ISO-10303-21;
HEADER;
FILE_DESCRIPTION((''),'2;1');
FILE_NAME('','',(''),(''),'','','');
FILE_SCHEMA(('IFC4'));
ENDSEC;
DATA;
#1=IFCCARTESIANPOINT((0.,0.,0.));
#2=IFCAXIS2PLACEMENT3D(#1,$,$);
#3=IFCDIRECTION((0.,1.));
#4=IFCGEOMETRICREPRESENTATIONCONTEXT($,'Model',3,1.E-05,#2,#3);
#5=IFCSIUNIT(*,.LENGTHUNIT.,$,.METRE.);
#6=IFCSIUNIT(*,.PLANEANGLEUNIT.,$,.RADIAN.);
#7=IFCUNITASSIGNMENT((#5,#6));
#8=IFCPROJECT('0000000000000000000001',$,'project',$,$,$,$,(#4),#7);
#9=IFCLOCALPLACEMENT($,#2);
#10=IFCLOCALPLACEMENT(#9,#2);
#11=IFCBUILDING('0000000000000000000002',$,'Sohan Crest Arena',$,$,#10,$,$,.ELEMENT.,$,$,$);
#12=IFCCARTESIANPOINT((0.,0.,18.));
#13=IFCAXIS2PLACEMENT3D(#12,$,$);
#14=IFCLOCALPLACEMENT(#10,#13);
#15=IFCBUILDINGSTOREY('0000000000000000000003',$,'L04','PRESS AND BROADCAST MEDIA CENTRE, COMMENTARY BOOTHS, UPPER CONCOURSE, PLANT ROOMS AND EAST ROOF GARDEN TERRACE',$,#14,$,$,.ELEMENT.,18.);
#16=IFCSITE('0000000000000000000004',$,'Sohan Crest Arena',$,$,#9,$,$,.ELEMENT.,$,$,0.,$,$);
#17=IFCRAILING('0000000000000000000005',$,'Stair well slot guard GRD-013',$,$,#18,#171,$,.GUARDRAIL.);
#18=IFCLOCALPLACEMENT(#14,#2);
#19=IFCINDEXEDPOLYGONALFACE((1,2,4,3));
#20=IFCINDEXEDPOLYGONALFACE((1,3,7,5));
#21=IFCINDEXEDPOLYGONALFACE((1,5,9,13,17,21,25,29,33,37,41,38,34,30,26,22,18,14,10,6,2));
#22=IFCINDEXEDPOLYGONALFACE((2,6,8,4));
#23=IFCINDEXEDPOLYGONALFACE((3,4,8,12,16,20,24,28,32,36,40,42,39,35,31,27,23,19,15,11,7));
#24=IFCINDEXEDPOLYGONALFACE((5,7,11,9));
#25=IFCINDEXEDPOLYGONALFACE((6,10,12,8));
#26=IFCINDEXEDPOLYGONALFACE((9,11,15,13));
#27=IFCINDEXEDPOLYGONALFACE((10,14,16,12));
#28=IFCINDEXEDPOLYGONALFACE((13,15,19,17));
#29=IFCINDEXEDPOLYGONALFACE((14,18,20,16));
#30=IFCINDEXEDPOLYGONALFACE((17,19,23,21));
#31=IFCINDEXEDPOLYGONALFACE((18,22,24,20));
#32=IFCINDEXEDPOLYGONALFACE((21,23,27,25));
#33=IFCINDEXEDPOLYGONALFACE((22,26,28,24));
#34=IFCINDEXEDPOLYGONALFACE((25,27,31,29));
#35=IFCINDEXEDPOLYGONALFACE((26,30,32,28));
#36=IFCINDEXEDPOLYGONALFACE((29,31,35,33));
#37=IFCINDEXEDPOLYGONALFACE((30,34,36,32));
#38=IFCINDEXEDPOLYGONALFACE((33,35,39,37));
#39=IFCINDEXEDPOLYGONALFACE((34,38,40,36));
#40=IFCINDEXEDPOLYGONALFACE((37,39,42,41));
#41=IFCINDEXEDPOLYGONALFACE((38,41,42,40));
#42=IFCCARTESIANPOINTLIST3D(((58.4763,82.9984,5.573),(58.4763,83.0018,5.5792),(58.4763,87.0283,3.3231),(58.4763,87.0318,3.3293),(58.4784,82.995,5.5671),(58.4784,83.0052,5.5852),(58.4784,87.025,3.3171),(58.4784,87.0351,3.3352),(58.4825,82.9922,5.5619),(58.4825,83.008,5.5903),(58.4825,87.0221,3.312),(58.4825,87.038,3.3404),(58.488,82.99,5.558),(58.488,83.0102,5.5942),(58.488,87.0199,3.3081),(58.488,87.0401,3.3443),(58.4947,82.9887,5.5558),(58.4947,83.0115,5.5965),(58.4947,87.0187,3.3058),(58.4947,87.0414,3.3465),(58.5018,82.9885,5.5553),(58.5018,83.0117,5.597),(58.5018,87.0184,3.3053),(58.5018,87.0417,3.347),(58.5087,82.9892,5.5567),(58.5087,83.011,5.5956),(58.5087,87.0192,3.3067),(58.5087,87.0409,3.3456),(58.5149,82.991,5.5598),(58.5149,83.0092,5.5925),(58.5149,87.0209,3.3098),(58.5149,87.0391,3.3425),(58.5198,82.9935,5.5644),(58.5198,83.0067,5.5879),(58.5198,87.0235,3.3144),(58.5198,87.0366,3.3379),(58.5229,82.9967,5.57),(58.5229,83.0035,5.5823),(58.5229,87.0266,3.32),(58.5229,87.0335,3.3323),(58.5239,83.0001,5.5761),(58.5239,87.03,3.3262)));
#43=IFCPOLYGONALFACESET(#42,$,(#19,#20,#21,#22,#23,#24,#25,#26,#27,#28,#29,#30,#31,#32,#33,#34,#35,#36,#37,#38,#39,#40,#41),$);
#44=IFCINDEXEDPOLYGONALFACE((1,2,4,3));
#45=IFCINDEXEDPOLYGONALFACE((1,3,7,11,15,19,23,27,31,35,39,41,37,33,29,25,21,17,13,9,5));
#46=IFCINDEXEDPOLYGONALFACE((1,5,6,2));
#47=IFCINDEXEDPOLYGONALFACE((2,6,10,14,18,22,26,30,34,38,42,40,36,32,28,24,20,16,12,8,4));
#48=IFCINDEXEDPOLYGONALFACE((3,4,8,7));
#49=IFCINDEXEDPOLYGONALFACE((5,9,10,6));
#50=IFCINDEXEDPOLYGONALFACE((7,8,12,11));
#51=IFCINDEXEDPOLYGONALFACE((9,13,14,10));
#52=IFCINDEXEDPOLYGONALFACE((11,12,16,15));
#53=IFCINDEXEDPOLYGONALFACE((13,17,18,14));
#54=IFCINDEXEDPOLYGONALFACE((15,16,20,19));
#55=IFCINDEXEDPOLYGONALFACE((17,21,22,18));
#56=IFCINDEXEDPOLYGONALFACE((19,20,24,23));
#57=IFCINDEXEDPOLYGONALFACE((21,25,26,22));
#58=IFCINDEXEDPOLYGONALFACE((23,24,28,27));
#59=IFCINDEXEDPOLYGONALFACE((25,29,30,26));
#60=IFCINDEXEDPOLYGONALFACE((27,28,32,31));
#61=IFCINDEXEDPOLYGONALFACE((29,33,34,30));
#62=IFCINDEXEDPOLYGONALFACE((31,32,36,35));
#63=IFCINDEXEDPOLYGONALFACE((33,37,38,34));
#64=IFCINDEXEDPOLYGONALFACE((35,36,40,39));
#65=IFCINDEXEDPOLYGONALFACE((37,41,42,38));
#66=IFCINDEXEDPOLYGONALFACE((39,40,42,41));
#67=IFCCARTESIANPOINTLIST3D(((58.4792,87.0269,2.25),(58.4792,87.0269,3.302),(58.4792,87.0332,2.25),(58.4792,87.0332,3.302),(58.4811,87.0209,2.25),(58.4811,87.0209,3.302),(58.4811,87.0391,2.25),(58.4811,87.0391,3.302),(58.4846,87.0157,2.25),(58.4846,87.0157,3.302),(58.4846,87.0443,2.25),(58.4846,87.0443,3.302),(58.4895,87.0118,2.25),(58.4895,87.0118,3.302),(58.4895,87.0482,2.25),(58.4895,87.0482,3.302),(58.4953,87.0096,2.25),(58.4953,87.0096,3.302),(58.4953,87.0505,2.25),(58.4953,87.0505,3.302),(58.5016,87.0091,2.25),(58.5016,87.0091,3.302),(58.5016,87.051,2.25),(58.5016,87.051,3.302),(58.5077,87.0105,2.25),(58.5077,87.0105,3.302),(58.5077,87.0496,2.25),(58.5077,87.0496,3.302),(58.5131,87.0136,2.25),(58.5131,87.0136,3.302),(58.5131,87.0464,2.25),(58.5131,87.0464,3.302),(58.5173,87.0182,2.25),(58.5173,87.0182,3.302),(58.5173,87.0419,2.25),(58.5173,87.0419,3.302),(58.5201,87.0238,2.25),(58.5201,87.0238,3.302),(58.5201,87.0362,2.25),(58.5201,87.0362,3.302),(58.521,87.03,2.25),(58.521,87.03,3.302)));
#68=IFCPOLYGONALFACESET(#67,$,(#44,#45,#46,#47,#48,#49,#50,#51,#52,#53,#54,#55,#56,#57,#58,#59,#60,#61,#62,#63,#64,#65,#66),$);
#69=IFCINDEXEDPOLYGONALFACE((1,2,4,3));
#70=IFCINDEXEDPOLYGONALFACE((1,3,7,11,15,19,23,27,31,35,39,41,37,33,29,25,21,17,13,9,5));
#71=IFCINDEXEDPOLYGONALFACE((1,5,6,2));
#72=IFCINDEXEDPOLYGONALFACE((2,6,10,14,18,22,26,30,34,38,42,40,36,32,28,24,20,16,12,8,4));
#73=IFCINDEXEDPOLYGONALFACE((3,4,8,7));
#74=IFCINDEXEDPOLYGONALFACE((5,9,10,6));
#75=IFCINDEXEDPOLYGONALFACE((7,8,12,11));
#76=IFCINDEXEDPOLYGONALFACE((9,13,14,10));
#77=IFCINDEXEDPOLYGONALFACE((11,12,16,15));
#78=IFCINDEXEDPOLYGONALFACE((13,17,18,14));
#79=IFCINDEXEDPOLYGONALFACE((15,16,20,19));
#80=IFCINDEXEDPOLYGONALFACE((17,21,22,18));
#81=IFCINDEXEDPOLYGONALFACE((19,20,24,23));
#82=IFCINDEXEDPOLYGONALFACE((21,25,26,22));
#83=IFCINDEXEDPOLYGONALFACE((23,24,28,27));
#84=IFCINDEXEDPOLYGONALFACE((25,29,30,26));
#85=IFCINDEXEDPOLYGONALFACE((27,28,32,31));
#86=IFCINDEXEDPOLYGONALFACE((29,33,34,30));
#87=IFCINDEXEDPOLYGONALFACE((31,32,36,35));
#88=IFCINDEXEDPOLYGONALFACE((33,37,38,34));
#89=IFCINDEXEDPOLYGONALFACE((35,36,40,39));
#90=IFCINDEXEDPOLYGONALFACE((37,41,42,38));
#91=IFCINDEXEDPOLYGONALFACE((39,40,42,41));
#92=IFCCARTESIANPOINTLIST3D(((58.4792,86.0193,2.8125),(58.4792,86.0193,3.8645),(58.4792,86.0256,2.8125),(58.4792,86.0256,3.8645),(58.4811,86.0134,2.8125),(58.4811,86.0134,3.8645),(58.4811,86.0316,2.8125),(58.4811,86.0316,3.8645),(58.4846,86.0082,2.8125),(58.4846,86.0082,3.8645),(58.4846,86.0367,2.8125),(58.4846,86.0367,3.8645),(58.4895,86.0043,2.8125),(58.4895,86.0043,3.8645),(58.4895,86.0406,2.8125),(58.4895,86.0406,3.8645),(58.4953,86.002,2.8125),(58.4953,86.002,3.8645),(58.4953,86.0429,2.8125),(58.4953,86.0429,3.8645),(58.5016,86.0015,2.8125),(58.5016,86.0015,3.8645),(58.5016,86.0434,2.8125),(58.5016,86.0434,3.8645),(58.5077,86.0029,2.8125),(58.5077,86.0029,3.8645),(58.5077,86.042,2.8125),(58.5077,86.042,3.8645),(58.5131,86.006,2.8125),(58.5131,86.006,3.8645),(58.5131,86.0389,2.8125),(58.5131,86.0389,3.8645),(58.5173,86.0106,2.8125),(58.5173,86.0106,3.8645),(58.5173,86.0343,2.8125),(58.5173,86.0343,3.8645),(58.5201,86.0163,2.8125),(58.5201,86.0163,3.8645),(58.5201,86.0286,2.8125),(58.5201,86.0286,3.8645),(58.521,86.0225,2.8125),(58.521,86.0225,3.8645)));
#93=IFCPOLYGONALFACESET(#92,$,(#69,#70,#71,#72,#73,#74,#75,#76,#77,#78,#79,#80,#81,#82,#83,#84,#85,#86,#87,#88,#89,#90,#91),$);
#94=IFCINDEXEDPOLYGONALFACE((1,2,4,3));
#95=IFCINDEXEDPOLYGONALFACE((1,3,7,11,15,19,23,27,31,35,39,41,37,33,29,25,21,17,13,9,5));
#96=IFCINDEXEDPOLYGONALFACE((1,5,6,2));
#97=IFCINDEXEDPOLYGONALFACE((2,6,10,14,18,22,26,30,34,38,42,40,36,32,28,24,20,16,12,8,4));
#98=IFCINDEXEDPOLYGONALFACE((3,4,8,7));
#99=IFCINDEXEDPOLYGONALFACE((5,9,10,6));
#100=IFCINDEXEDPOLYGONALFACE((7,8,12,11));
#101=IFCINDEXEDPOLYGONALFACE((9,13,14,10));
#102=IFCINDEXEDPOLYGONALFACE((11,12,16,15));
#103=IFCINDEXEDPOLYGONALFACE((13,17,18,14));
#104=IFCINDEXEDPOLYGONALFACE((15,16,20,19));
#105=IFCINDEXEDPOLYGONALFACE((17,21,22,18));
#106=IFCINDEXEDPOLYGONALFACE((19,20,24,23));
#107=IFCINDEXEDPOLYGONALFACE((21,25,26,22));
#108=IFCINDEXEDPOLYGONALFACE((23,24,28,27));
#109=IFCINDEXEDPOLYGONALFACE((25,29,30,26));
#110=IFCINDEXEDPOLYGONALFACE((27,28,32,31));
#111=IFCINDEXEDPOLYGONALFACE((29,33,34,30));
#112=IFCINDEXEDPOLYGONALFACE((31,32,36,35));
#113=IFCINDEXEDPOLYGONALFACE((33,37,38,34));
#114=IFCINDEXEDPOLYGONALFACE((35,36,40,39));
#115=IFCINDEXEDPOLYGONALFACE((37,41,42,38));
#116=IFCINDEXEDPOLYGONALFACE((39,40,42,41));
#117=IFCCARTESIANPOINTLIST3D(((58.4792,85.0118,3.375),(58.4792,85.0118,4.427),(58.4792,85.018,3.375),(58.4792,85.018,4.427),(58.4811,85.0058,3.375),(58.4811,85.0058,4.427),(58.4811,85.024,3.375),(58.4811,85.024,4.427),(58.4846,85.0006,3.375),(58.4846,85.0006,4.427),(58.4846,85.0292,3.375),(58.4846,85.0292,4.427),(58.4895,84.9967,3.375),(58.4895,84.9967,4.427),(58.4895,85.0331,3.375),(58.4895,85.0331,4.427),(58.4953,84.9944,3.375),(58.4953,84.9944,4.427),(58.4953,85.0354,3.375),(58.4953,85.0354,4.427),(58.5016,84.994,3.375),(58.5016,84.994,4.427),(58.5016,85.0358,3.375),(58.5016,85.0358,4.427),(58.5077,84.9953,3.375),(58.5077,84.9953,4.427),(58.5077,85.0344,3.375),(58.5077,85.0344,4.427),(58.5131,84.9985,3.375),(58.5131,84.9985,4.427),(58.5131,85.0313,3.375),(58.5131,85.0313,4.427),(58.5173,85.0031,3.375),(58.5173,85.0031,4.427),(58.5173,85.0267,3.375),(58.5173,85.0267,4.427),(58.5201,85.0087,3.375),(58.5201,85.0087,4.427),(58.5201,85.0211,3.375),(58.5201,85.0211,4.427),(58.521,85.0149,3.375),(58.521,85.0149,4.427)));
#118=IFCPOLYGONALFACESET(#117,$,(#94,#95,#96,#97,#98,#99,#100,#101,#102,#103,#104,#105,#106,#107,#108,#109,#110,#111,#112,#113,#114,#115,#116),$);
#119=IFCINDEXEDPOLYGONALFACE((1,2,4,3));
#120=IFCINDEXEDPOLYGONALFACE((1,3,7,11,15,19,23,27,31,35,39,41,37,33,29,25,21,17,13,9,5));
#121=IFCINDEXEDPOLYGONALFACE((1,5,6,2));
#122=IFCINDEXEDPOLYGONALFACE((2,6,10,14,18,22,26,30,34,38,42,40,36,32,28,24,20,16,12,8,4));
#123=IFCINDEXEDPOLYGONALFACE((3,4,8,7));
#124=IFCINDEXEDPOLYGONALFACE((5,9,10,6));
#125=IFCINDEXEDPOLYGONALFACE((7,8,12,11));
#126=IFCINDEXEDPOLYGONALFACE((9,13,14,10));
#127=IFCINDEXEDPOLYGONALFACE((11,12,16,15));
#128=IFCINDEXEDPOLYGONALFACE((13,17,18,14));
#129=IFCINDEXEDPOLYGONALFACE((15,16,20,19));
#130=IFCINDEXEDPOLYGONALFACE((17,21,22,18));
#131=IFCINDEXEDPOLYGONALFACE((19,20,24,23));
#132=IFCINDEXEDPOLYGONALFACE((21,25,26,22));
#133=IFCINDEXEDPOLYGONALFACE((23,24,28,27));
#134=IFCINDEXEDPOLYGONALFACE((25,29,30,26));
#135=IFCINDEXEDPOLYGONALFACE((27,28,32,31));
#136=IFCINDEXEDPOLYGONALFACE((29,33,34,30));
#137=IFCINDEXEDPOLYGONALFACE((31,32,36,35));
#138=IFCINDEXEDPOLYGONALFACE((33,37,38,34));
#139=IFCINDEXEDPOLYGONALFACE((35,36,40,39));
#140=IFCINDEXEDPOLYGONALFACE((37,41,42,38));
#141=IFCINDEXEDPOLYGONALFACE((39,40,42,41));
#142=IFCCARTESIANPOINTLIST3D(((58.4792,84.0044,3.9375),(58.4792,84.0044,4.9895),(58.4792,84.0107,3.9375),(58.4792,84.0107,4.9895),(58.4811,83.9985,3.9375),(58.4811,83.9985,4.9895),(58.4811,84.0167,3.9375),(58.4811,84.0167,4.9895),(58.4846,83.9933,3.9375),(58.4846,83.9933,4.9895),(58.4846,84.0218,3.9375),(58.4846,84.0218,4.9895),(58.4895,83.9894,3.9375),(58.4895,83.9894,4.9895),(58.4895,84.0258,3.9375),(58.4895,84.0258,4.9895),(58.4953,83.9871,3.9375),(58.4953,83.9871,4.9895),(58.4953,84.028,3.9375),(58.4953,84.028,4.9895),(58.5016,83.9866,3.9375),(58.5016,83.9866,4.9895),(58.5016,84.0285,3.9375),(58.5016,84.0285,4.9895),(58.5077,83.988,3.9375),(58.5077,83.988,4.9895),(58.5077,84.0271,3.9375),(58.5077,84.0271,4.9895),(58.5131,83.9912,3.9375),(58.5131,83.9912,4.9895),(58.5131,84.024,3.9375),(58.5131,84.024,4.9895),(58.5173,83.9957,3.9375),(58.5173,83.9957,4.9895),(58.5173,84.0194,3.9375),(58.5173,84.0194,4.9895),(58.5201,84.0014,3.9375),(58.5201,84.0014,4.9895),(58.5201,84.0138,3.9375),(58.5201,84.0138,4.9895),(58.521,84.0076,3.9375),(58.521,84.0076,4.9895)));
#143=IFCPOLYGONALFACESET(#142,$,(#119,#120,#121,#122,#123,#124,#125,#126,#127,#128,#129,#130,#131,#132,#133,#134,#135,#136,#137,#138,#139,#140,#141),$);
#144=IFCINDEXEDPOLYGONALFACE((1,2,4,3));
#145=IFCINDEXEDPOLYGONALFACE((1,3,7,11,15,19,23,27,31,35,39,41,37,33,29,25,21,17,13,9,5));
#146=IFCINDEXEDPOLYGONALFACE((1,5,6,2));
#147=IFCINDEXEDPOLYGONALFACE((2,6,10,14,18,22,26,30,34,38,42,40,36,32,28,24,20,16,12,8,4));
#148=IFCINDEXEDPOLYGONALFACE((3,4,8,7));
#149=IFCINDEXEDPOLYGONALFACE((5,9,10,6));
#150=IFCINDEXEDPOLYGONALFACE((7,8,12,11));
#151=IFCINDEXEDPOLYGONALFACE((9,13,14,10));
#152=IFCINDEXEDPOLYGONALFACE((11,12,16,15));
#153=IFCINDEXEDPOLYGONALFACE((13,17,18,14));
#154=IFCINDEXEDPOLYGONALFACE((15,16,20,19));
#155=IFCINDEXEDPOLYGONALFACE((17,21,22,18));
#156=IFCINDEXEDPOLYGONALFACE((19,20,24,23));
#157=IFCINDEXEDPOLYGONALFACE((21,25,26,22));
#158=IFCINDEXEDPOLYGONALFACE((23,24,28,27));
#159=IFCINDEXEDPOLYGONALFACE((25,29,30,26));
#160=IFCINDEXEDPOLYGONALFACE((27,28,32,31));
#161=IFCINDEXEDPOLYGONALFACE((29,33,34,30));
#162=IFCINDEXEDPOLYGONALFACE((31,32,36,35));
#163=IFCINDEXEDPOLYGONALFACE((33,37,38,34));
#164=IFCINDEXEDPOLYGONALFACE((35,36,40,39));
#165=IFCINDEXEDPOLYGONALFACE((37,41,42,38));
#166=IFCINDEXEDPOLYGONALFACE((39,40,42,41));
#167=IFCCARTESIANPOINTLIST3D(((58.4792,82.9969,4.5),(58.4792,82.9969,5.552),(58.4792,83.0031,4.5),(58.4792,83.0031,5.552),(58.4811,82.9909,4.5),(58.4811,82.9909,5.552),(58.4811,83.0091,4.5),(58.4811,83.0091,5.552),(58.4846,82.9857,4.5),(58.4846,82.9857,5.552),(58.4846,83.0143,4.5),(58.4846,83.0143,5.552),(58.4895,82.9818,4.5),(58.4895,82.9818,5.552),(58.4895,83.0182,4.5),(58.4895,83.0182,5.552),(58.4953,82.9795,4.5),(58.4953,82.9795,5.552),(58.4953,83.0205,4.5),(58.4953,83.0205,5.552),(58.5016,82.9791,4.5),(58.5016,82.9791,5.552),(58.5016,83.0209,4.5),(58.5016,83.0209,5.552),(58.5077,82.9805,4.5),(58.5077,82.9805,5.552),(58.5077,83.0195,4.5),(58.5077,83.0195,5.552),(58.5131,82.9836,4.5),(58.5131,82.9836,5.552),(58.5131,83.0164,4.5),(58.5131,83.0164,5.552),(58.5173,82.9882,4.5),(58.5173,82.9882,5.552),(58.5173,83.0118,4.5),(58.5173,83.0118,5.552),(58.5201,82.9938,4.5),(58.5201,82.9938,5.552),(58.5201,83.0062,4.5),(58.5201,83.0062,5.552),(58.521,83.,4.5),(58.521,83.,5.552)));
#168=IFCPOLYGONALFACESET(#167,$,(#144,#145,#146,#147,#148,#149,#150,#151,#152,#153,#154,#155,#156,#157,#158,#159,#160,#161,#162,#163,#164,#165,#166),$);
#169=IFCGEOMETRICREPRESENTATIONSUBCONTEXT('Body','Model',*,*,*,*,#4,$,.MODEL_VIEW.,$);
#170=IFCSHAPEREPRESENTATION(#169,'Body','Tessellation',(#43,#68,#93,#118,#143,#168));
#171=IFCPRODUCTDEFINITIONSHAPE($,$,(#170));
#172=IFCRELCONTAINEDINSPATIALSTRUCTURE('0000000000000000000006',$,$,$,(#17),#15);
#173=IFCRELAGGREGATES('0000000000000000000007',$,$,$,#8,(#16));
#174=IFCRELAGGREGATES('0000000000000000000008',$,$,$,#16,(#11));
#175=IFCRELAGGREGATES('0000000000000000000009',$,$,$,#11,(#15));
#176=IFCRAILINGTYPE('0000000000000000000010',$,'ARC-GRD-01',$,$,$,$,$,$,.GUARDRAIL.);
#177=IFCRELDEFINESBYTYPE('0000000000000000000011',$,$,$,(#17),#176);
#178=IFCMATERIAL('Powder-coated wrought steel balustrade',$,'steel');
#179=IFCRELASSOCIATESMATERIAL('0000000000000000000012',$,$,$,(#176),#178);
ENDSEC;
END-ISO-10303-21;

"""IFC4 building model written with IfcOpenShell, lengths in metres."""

from ifc_helpers import new_model, si_unit, direction, frame, origin, origin_2d, place, context, subcontext, project, spatial, circle, extrude, material, type_object, element, save


model = new_model("IFC4")

# Units and contexts
model_context = context("Model", 3, precision=1e-05, world=origin(), true_north=direction((0.0, 1.0)))
body_context = subcontext(model_context, "Body", "Model", "MODEL_VIEW")
ifc_project = project(units=[si_unit("LENGTHUNIT", "METRE"), si_unit("PLANEANGLEUNIT", "RADIAN")], contexts=[model_context])

# Site, building, storey
site_placement = place(None, origin())
site = spatial("IfcSite", under=ifc_project, at=site_placement, Name="Sohan Crest Arena", CompositionType="ELEMENT", RefElevation=0.0)
building_placement = place(site_placement, origin())
building = spatial("IfcBuilding", under=site, at=building_placement, Name="Sohan Crest Arena", CompositionType="ELEMENT")
storey_placement = place(building_placement, frame((0.0, 0.0, 18.0)))
storey = spatial("IfcBuildingStorey", under=building, at=storey_placement, Name="L04", Description="PRESS AND BROADCAST MEDIA CENTRE, COMMENTARY BOOTHS, UPPER CONCOURSE, PLANT ROOMS AND EAST ROOF GARDEN TERRACE", CompositionType="ELEMENT", Elevation=18.0)

# Railing
ifc_material_1 = material(Name="Powder-coated wrought steel balustrade", Category="steel")
railing_type_1 = type_object("IfcRailingType", Name="ARC-GRD-01", PredefinedType="GUARDRAIL", material=ifc_material_1)
railing_1_placement = place(storey_placement, frame((58.5, 87.03, 2.25)))
element("IfcRailing", 1, at=railing_1_placement, inside=storey, type_object=railing_type_1, Name="Stair well slot guard GRD-013", PredefinedType="GUARDRAIL", context=body_context, shape_type="SweptSolid", body=[
    extrude(circle(Radius=0.0239, at=origin_2d()), frame((0.0, 0.0, 1.0762), z_axis=(0.0, -0.873135, 0.487479), x_axis=(1.0, 0.0, 0.0)), (0.0, 0.0, 1.0), 4.6155),
    extrude(circle(Radius=0.021, at=origin_2d()), origin(), (0.0, 0.0, 1.0), 1.052),
    extrude(circle(Radius=0.021, at=origin_2d()), frame((0.0, -1.0076, 0.5625)), (0.0, 0.0, 1.0), 1.052),
    extrude(circle(Radius=0.021, at=origin_2d()), frame((0.0, -2.0151, 1.125)), (0.0, 0.0, 1.0), 1.052),
    extrude(circle(Radius=0.021, at=origin_2d()), frame((0.0, -3.0225, 1.6875)), (0.0, 0.0, 1.0), 1.052),
    extrude(circle(Radius=0.021, at=origin_2d()), frame((0.0, -4.03, 2.25)), (0.0, 0.0, 1.0), 1.052),
])

save(model, "model.ifc")
